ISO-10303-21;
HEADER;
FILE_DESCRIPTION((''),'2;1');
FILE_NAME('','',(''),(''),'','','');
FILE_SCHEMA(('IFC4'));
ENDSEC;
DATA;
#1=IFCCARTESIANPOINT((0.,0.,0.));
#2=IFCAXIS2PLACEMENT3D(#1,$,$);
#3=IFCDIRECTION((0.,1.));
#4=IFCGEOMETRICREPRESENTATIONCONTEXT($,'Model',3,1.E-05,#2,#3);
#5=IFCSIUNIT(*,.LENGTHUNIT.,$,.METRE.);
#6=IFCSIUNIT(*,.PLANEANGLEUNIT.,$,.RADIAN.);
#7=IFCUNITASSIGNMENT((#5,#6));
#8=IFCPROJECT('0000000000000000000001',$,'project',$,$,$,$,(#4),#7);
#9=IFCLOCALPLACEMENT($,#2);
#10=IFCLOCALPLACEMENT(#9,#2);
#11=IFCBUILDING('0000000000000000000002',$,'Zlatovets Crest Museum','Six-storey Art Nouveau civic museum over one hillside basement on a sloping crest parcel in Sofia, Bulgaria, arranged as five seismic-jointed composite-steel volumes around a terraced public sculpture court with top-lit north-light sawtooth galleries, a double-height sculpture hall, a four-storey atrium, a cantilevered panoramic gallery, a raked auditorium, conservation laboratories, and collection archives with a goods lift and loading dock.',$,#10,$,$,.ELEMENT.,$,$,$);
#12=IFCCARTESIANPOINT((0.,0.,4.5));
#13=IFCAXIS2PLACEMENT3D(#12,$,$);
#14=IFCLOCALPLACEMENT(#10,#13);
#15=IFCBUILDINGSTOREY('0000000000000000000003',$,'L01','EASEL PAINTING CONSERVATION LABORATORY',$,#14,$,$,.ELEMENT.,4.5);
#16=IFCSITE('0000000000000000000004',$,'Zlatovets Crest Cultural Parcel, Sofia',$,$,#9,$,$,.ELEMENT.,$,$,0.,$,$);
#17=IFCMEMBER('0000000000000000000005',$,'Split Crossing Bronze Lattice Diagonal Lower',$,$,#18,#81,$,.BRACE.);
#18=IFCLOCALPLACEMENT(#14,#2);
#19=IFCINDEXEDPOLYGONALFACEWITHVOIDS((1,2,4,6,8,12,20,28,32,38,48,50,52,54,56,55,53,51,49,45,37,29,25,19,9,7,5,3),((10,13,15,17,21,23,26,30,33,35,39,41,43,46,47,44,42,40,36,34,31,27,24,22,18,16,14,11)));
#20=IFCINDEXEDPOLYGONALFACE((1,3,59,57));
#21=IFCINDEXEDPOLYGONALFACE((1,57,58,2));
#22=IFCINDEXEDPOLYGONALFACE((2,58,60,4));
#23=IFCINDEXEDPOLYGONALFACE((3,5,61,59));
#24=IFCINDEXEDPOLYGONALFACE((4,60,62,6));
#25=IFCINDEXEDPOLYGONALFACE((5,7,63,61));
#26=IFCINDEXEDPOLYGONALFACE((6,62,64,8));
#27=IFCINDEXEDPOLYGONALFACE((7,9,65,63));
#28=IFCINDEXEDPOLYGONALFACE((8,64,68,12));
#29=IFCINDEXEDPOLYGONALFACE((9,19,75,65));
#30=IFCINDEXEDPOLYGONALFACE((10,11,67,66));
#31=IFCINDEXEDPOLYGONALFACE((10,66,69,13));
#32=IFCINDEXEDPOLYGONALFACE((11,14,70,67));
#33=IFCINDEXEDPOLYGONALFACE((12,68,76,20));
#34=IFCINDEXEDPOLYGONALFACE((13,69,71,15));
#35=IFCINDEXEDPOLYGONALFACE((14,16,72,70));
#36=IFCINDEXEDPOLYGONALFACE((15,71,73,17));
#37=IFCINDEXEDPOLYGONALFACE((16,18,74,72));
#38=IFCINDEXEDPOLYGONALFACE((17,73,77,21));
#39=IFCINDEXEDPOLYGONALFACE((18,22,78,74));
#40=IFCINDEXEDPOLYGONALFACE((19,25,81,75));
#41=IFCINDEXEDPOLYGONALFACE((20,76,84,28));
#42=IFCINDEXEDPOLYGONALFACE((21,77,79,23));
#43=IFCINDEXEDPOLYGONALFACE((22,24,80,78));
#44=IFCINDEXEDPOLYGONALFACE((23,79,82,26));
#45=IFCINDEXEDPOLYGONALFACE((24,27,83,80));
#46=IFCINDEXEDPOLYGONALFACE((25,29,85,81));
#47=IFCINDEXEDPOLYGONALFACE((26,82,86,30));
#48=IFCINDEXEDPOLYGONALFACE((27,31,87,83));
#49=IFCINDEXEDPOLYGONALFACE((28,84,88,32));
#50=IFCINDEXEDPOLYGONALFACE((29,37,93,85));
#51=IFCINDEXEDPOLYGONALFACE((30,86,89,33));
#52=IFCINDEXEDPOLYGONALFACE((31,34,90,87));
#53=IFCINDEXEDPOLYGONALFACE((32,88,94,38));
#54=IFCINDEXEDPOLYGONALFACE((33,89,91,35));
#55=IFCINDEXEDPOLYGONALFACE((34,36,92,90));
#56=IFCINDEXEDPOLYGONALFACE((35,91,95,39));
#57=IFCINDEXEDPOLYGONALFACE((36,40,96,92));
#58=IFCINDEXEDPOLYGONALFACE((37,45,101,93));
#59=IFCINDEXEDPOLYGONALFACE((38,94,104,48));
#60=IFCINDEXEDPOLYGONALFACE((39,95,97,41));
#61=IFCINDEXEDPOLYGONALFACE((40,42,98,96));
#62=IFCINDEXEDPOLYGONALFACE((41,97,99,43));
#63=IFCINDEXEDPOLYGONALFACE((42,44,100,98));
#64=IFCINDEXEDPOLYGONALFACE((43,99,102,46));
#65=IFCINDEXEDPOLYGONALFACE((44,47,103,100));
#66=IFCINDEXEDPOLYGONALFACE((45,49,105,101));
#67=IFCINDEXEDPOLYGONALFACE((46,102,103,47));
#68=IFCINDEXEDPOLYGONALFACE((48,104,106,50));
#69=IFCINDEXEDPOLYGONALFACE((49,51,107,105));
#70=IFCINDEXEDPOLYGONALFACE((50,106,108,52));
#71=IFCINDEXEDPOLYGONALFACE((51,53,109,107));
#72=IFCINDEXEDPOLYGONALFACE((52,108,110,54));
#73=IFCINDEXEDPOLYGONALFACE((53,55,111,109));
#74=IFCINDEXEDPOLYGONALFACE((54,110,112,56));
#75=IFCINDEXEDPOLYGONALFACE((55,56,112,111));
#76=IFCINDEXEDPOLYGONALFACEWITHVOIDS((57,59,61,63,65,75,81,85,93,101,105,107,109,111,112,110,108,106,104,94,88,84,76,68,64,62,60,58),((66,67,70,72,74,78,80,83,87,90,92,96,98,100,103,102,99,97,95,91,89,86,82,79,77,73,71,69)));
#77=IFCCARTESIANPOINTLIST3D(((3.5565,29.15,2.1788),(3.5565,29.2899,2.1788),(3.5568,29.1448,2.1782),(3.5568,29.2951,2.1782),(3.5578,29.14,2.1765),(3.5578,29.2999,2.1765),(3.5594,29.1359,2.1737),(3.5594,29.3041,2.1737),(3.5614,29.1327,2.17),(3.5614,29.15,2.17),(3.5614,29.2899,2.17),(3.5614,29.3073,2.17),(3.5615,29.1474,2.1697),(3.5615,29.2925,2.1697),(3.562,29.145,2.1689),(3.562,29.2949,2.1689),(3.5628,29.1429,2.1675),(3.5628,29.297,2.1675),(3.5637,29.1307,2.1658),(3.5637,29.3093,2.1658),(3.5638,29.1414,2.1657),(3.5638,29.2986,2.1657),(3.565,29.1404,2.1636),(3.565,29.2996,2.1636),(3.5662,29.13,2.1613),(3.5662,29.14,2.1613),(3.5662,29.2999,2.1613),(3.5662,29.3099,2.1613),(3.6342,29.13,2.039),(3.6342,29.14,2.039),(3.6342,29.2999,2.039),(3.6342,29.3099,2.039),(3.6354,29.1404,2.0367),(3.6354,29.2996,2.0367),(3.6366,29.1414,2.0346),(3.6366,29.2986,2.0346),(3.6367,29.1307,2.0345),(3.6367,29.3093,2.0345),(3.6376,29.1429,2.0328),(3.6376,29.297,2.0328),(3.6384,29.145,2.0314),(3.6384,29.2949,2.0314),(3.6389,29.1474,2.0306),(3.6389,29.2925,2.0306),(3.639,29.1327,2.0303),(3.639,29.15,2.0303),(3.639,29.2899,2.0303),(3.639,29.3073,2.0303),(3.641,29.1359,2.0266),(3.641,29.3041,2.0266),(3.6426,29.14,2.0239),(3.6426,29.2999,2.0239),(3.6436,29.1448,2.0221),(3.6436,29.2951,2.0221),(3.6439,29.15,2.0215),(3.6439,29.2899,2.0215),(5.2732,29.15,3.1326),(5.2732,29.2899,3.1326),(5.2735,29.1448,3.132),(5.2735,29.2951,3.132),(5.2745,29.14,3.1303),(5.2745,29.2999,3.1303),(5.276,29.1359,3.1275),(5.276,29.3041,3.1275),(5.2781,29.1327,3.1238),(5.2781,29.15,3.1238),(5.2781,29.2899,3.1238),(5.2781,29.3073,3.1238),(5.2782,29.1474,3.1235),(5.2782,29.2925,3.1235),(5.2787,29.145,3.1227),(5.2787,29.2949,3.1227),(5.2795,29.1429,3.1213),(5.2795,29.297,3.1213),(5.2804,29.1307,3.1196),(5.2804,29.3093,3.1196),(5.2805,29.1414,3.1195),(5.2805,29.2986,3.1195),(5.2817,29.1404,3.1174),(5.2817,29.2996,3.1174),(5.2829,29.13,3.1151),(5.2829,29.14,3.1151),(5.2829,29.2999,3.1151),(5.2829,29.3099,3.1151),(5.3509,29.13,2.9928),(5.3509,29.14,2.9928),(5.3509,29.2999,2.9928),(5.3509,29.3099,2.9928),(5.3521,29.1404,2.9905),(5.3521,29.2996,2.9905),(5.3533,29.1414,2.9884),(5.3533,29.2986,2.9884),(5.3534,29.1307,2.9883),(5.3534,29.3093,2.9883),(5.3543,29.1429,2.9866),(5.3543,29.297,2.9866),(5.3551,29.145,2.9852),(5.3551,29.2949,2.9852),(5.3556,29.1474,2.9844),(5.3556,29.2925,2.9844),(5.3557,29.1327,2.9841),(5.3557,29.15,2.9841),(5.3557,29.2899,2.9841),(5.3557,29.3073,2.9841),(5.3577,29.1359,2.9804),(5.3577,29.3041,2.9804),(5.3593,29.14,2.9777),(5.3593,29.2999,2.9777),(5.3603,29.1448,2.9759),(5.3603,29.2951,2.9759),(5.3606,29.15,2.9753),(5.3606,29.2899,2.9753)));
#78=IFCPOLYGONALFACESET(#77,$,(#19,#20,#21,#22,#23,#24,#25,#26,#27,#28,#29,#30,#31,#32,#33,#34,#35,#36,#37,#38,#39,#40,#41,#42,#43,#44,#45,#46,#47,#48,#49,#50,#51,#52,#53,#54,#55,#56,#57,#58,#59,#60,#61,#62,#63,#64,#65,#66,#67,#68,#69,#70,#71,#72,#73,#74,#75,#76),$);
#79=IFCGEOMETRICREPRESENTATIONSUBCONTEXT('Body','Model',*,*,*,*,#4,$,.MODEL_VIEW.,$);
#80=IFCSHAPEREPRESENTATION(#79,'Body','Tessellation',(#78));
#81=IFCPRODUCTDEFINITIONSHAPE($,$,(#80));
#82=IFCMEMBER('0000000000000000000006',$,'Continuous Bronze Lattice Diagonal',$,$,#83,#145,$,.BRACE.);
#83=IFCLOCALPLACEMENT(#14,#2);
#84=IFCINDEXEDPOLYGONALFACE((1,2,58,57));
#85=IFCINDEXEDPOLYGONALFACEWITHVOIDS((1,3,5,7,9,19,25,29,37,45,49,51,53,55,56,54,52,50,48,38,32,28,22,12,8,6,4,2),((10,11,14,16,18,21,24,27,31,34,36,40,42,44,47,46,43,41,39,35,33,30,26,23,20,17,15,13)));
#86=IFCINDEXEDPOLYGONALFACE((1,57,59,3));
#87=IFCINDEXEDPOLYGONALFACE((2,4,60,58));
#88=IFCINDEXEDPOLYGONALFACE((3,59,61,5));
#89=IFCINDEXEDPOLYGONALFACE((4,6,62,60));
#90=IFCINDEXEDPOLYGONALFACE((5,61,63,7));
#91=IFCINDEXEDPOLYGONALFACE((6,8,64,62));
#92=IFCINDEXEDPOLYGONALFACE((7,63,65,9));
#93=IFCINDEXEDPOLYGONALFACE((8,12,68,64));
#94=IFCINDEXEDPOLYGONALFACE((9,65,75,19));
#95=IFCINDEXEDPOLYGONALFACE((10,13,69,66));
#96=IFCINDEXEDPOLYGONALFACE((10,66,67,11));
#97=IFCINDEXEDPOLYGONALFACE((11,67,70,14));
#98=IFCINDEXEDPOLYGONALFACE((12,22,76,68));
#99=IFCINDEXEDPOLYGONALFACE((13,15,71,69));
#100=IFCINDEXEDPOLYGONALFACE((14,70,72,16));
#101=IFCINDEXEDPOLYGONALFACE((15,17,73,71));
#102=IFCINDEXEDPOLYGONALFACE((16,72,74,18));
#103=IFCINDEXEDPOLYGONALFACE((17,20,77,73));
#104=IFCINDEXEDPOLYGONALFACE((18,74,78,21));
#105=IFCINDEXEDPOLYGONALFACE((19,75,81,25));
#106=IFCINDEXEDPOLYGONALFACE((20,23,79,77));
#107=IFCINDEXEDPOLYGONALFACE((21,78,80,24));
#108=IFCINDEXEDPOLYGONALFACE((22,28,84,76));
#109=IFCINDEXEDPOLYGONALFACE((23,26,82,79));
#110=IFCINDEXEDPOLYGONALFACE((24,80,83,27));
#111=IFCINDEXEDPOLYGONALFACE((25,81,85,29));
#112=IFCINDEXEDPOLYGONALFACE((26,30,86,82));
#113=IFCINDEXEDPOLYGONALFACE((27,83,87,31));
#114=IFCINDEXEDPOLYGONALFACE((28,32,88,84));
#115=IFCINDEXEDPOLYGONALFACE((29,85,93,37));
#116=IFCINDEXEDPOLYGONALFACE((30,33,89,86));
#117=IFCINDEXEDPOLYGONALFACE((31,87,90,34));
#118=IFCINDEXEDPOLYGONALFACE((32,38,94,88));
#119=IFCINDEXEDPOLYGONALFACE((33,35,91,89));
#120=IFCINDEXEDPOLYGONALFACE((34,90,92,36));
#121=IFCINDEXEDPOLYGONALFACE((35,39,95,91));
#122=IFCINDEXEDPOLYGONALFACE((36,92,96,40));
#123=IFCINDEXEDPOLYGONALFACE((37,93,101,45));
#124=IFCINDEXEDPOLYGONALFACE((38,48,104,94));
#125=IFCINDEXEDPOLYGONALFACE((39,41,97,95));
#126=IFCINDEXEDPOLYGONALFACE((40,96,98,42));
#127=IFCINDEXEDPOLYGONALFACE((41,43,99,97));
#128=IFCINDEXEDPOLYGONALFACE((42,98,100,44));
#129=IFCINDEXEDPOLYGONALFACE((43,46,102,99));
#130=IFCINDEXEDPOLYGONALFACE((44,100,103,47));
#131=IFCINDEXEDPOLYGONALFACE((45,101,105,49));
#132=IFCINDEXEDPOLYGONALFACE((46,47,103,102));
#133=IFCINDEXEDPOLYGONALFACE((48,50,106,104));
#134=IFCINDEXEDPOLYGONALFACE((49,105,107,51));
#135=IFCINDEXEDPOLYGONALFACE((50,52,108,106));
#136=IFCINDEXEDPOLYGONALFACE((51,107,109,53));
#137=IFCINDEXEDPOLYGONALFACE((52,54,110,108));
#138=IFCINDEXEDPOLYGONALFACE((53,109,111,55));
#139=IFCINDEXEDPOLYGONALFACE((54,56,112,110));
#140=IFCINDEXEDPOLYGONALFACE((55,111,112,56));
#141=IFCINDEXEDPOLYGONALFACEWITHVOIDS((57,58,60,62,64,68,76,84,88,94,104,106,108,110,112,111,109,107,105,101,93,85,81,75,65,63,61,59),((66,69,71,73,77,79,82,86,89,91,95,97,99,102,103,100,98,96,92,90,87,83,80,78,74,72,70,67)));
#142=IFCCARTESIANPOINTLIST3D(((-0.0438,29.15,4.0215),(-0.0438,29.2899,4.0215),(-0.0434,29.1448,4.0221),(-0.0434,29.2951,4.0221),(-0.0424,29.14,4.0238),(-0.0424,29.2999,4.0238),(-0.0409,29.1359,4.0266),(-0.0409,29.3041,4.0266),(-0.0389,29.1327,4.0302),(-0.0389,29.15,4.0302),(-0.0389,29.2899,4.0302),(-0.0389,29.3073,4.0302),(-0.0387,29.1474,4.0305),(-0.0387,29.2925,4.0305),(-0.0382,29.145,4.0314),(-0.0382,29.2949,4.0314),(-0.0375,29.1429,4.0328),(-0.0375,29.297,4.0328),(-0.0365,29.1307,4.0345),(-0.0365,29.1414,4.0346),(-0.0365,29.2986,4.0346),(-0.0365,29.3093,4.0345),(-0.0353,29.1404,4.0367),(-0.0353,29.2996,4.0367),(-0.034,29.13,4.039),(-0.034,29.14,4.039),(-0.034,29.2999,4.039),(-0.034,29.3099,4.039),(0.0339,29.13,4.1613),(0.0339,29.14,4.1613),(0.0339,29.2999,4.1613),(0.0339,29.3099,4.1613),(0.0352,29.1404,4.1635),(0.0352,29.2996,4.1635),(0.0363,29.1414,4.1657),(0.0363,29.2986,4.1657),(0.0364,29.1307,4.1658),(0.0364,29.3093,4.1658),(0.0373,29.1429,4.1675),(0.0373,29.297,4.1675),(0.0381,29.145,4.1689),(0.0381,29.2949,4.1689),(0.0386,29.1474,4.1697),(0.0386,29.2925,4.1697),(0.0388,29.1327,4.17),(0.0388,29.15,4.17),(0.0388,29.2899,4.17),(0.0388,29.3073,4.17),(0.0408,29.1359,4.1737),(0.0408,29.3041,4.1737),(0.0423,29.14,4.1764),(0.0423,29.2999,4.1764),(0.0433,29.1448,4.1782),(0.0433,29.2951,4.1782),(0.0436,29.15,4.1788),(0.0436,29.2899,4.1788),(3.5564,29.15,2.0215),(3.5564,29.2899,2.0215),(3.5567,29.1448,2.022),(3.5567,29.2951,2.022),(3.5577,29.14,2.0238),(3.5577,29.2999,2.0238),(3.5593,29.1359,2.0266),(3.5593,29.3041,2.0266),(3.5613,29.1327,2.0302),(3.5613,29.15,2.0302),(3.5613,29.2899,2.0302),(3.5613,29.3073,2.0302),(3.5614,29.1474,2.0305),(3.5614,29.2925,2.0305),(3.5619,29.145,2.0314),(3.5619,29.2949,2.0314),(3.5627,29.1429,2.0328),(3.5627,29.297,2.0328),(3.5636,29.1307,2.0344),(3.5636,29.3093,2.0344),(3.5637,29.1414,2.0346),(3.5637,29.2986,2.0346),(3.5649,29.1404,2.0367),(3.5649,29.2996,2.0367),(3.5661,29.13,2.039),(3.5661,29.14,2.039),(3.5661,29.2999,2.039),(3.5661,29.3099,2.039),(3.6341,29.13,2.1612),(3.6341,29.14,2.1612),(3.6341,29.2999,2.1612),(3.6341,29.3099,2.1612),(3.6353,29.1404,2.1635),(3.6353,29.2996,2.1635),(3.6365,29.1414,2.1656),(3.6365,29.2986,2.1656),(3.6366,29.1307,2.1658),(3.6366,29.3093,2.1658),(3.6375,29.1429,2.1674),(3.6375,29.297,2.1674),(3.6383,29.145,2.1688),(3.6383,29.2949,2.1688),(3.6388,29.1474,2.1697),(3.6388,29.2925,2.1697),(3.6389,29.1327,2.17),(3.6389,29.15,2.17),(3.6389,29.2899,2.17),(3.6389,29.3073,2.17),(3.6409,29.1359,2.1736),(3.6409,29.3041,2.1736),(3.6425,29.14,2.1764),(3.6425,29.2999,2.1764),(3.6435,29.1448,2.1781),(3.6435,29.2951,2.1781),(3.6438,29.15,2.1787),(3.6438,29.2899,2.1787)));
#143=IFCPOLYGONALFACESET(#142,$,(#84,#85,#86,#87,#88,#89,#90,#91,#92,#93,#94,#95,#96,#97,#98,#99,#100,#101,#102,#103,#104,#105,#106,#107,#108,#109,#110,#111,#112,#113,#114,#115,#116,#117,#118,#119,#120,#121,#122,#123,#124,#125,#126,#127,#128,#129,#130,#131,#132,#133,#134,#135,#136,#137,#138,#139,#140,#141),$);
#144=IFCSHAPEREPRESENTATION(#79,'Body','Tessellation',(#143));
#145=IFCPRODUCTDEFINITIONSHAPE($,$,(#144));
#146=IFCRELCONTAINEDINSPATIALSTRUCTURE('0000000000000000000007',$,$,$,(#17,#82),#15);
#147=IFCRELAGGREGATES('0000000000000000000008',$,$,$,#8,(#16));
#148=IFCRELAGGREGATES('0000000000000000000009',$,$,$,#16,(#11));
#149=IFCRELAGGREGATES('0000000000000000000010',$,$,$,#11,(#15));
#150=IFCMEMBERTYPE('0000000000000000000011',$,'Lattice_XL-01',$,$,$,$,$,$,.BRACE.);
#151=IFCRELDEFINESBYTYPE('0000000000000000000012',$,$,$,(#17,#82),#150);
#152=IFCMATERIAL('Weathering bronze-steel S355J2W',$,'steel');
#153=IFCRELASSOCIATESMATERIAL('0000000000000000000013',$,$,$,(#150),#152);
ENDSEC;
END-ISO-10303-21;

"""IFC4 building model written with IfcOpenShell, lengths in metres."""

from ifc_helpers import new_model, si_unit, direction, frame, origin, origin_2d, place, context, subcontext, project, spatial, hollow_rectangle, extrude, material, material_profile, profile_set, type_object, element, save


model = new_model("IFC4")

# Units and contexts
model_context = context("Model", 3, precision=1e-05, world=origin(), true_north=direction((0.0, 1.0)))
body_context = subcontext(model_context, "Body", "Model", "MODEL_VIEW")
ifc_project = project(units=[si_unit("LENGTHUNIT", "METRE"), si_unit("PLANEANGLEUNIT", "RADIAN")], contexts=[model_context])

# Site, building, storey
site_placement = place(None, origin())
site = spatial("IfcSite", under=ifc_project, at=site_placement, Name="Zlatovets Crest Cultural Parcel, Sofia", CompositionType="ELEMENT", RefElevation=0.0)
building_placement = place(site_placement, origin())
building = spatial("IfcBuilding", under=site, at=building_placement, Name="Zlatovets Crest Museum", Description="Six-storey Art Nouveau civic museum over one hillside basement on a sloping crest parcel in Sofia, Bulgaria, arranged as five seismic-jointed composite-steel volumes around a terraced public sculpture court with top-lit north-light sawtooth galleries, a double-height sculpture hall, a four-storey atrium, a cantilevered panoramic gallery, a raked auditorium, conservation laboratories, and collection archives with a goods lift and loading dock.", CompositionType="ELEMENT")
storey_placement = place(building_placement, frame((0.0, 0.0, 4.5)))
storey = spatial("IfcBuildingStorey", under=building, at=storey_placement, Name="L01", Description="EASEL PAINTING CONSERVATION LABORATORY", CompositionType="ELEMENT", Elevation=4.5)

# Members
ifc_material_1 = material(Name="Weathering bronze-steel S355J2W", Category="steel")
ifc_material_profile_1 = material_profile(ifc_material_1, hollow_rectangle(XDim=0.1799, YDim=0.1799, WallThickness=0.01, InnerFilletRadius=0.01, OuterFilletRadius=0.02, at=origin_2d()), Name="SHS 180x180x10.0")
ifc_profile_set_1 = profile_set([ifc_material_profile_1], Name="Weathering bronze-steel S355J2W")
member_type_1 = type_object("IfcMemberType", Name="Lattice_XL-01", PredefinedType="BRACE", material=ifc_profile_set_1)
member_1_placement = place(storey_placement, frame((5.3169, 29.22, 3.054), z_axis=(-0.87414, 0.0, -0.485675), x_axis=(0.0, -1.0, 0.0)))
element("IfcMember", 1, at=member_1_placement, inside=storey, type_object=member_type_1, Name="Split Crossing Bronze Lattice Diagonal Lower", PredefinedType="BRACE", context=body_context, shape_type="SweptSolid", body=[
    extrude(hollow_rectangle(XDim=0.1799, YDim=0.1799, WallThickness=0.01, InnerFilletRadius=0.01, OuterFilletRadius=0.02, at=origin_2d()), origin(), (0.0, 0.0, 1.0), 1.9639),
])
member_2_placement = place(storey_placement, frame((3.6001, 29.22, 2.1001), z_axis=(-0.874163, 0.0, 0.485633), x_axis=(0.0, -1.0, 0.0)))
element("IfcMember", 2, at=member_2_placement, inside=storey, type_object=member_type_1, Name="Continuous Bronze Lattice Diagonal", PredefinedType="BRACE", context=body_context, shape_type="SweptSolid", body=[
    extrude(hollow_rectangle(XDim=0.1799, YDim=0.1799, WallThickness=0.01, InnerFilletRadius=0.01, OuterFilletRadius=0.02, at=origin_2d()), origin(), (0.0, 0.0, 1.0), 4.1184),
])

save(model, "model.ifc")
